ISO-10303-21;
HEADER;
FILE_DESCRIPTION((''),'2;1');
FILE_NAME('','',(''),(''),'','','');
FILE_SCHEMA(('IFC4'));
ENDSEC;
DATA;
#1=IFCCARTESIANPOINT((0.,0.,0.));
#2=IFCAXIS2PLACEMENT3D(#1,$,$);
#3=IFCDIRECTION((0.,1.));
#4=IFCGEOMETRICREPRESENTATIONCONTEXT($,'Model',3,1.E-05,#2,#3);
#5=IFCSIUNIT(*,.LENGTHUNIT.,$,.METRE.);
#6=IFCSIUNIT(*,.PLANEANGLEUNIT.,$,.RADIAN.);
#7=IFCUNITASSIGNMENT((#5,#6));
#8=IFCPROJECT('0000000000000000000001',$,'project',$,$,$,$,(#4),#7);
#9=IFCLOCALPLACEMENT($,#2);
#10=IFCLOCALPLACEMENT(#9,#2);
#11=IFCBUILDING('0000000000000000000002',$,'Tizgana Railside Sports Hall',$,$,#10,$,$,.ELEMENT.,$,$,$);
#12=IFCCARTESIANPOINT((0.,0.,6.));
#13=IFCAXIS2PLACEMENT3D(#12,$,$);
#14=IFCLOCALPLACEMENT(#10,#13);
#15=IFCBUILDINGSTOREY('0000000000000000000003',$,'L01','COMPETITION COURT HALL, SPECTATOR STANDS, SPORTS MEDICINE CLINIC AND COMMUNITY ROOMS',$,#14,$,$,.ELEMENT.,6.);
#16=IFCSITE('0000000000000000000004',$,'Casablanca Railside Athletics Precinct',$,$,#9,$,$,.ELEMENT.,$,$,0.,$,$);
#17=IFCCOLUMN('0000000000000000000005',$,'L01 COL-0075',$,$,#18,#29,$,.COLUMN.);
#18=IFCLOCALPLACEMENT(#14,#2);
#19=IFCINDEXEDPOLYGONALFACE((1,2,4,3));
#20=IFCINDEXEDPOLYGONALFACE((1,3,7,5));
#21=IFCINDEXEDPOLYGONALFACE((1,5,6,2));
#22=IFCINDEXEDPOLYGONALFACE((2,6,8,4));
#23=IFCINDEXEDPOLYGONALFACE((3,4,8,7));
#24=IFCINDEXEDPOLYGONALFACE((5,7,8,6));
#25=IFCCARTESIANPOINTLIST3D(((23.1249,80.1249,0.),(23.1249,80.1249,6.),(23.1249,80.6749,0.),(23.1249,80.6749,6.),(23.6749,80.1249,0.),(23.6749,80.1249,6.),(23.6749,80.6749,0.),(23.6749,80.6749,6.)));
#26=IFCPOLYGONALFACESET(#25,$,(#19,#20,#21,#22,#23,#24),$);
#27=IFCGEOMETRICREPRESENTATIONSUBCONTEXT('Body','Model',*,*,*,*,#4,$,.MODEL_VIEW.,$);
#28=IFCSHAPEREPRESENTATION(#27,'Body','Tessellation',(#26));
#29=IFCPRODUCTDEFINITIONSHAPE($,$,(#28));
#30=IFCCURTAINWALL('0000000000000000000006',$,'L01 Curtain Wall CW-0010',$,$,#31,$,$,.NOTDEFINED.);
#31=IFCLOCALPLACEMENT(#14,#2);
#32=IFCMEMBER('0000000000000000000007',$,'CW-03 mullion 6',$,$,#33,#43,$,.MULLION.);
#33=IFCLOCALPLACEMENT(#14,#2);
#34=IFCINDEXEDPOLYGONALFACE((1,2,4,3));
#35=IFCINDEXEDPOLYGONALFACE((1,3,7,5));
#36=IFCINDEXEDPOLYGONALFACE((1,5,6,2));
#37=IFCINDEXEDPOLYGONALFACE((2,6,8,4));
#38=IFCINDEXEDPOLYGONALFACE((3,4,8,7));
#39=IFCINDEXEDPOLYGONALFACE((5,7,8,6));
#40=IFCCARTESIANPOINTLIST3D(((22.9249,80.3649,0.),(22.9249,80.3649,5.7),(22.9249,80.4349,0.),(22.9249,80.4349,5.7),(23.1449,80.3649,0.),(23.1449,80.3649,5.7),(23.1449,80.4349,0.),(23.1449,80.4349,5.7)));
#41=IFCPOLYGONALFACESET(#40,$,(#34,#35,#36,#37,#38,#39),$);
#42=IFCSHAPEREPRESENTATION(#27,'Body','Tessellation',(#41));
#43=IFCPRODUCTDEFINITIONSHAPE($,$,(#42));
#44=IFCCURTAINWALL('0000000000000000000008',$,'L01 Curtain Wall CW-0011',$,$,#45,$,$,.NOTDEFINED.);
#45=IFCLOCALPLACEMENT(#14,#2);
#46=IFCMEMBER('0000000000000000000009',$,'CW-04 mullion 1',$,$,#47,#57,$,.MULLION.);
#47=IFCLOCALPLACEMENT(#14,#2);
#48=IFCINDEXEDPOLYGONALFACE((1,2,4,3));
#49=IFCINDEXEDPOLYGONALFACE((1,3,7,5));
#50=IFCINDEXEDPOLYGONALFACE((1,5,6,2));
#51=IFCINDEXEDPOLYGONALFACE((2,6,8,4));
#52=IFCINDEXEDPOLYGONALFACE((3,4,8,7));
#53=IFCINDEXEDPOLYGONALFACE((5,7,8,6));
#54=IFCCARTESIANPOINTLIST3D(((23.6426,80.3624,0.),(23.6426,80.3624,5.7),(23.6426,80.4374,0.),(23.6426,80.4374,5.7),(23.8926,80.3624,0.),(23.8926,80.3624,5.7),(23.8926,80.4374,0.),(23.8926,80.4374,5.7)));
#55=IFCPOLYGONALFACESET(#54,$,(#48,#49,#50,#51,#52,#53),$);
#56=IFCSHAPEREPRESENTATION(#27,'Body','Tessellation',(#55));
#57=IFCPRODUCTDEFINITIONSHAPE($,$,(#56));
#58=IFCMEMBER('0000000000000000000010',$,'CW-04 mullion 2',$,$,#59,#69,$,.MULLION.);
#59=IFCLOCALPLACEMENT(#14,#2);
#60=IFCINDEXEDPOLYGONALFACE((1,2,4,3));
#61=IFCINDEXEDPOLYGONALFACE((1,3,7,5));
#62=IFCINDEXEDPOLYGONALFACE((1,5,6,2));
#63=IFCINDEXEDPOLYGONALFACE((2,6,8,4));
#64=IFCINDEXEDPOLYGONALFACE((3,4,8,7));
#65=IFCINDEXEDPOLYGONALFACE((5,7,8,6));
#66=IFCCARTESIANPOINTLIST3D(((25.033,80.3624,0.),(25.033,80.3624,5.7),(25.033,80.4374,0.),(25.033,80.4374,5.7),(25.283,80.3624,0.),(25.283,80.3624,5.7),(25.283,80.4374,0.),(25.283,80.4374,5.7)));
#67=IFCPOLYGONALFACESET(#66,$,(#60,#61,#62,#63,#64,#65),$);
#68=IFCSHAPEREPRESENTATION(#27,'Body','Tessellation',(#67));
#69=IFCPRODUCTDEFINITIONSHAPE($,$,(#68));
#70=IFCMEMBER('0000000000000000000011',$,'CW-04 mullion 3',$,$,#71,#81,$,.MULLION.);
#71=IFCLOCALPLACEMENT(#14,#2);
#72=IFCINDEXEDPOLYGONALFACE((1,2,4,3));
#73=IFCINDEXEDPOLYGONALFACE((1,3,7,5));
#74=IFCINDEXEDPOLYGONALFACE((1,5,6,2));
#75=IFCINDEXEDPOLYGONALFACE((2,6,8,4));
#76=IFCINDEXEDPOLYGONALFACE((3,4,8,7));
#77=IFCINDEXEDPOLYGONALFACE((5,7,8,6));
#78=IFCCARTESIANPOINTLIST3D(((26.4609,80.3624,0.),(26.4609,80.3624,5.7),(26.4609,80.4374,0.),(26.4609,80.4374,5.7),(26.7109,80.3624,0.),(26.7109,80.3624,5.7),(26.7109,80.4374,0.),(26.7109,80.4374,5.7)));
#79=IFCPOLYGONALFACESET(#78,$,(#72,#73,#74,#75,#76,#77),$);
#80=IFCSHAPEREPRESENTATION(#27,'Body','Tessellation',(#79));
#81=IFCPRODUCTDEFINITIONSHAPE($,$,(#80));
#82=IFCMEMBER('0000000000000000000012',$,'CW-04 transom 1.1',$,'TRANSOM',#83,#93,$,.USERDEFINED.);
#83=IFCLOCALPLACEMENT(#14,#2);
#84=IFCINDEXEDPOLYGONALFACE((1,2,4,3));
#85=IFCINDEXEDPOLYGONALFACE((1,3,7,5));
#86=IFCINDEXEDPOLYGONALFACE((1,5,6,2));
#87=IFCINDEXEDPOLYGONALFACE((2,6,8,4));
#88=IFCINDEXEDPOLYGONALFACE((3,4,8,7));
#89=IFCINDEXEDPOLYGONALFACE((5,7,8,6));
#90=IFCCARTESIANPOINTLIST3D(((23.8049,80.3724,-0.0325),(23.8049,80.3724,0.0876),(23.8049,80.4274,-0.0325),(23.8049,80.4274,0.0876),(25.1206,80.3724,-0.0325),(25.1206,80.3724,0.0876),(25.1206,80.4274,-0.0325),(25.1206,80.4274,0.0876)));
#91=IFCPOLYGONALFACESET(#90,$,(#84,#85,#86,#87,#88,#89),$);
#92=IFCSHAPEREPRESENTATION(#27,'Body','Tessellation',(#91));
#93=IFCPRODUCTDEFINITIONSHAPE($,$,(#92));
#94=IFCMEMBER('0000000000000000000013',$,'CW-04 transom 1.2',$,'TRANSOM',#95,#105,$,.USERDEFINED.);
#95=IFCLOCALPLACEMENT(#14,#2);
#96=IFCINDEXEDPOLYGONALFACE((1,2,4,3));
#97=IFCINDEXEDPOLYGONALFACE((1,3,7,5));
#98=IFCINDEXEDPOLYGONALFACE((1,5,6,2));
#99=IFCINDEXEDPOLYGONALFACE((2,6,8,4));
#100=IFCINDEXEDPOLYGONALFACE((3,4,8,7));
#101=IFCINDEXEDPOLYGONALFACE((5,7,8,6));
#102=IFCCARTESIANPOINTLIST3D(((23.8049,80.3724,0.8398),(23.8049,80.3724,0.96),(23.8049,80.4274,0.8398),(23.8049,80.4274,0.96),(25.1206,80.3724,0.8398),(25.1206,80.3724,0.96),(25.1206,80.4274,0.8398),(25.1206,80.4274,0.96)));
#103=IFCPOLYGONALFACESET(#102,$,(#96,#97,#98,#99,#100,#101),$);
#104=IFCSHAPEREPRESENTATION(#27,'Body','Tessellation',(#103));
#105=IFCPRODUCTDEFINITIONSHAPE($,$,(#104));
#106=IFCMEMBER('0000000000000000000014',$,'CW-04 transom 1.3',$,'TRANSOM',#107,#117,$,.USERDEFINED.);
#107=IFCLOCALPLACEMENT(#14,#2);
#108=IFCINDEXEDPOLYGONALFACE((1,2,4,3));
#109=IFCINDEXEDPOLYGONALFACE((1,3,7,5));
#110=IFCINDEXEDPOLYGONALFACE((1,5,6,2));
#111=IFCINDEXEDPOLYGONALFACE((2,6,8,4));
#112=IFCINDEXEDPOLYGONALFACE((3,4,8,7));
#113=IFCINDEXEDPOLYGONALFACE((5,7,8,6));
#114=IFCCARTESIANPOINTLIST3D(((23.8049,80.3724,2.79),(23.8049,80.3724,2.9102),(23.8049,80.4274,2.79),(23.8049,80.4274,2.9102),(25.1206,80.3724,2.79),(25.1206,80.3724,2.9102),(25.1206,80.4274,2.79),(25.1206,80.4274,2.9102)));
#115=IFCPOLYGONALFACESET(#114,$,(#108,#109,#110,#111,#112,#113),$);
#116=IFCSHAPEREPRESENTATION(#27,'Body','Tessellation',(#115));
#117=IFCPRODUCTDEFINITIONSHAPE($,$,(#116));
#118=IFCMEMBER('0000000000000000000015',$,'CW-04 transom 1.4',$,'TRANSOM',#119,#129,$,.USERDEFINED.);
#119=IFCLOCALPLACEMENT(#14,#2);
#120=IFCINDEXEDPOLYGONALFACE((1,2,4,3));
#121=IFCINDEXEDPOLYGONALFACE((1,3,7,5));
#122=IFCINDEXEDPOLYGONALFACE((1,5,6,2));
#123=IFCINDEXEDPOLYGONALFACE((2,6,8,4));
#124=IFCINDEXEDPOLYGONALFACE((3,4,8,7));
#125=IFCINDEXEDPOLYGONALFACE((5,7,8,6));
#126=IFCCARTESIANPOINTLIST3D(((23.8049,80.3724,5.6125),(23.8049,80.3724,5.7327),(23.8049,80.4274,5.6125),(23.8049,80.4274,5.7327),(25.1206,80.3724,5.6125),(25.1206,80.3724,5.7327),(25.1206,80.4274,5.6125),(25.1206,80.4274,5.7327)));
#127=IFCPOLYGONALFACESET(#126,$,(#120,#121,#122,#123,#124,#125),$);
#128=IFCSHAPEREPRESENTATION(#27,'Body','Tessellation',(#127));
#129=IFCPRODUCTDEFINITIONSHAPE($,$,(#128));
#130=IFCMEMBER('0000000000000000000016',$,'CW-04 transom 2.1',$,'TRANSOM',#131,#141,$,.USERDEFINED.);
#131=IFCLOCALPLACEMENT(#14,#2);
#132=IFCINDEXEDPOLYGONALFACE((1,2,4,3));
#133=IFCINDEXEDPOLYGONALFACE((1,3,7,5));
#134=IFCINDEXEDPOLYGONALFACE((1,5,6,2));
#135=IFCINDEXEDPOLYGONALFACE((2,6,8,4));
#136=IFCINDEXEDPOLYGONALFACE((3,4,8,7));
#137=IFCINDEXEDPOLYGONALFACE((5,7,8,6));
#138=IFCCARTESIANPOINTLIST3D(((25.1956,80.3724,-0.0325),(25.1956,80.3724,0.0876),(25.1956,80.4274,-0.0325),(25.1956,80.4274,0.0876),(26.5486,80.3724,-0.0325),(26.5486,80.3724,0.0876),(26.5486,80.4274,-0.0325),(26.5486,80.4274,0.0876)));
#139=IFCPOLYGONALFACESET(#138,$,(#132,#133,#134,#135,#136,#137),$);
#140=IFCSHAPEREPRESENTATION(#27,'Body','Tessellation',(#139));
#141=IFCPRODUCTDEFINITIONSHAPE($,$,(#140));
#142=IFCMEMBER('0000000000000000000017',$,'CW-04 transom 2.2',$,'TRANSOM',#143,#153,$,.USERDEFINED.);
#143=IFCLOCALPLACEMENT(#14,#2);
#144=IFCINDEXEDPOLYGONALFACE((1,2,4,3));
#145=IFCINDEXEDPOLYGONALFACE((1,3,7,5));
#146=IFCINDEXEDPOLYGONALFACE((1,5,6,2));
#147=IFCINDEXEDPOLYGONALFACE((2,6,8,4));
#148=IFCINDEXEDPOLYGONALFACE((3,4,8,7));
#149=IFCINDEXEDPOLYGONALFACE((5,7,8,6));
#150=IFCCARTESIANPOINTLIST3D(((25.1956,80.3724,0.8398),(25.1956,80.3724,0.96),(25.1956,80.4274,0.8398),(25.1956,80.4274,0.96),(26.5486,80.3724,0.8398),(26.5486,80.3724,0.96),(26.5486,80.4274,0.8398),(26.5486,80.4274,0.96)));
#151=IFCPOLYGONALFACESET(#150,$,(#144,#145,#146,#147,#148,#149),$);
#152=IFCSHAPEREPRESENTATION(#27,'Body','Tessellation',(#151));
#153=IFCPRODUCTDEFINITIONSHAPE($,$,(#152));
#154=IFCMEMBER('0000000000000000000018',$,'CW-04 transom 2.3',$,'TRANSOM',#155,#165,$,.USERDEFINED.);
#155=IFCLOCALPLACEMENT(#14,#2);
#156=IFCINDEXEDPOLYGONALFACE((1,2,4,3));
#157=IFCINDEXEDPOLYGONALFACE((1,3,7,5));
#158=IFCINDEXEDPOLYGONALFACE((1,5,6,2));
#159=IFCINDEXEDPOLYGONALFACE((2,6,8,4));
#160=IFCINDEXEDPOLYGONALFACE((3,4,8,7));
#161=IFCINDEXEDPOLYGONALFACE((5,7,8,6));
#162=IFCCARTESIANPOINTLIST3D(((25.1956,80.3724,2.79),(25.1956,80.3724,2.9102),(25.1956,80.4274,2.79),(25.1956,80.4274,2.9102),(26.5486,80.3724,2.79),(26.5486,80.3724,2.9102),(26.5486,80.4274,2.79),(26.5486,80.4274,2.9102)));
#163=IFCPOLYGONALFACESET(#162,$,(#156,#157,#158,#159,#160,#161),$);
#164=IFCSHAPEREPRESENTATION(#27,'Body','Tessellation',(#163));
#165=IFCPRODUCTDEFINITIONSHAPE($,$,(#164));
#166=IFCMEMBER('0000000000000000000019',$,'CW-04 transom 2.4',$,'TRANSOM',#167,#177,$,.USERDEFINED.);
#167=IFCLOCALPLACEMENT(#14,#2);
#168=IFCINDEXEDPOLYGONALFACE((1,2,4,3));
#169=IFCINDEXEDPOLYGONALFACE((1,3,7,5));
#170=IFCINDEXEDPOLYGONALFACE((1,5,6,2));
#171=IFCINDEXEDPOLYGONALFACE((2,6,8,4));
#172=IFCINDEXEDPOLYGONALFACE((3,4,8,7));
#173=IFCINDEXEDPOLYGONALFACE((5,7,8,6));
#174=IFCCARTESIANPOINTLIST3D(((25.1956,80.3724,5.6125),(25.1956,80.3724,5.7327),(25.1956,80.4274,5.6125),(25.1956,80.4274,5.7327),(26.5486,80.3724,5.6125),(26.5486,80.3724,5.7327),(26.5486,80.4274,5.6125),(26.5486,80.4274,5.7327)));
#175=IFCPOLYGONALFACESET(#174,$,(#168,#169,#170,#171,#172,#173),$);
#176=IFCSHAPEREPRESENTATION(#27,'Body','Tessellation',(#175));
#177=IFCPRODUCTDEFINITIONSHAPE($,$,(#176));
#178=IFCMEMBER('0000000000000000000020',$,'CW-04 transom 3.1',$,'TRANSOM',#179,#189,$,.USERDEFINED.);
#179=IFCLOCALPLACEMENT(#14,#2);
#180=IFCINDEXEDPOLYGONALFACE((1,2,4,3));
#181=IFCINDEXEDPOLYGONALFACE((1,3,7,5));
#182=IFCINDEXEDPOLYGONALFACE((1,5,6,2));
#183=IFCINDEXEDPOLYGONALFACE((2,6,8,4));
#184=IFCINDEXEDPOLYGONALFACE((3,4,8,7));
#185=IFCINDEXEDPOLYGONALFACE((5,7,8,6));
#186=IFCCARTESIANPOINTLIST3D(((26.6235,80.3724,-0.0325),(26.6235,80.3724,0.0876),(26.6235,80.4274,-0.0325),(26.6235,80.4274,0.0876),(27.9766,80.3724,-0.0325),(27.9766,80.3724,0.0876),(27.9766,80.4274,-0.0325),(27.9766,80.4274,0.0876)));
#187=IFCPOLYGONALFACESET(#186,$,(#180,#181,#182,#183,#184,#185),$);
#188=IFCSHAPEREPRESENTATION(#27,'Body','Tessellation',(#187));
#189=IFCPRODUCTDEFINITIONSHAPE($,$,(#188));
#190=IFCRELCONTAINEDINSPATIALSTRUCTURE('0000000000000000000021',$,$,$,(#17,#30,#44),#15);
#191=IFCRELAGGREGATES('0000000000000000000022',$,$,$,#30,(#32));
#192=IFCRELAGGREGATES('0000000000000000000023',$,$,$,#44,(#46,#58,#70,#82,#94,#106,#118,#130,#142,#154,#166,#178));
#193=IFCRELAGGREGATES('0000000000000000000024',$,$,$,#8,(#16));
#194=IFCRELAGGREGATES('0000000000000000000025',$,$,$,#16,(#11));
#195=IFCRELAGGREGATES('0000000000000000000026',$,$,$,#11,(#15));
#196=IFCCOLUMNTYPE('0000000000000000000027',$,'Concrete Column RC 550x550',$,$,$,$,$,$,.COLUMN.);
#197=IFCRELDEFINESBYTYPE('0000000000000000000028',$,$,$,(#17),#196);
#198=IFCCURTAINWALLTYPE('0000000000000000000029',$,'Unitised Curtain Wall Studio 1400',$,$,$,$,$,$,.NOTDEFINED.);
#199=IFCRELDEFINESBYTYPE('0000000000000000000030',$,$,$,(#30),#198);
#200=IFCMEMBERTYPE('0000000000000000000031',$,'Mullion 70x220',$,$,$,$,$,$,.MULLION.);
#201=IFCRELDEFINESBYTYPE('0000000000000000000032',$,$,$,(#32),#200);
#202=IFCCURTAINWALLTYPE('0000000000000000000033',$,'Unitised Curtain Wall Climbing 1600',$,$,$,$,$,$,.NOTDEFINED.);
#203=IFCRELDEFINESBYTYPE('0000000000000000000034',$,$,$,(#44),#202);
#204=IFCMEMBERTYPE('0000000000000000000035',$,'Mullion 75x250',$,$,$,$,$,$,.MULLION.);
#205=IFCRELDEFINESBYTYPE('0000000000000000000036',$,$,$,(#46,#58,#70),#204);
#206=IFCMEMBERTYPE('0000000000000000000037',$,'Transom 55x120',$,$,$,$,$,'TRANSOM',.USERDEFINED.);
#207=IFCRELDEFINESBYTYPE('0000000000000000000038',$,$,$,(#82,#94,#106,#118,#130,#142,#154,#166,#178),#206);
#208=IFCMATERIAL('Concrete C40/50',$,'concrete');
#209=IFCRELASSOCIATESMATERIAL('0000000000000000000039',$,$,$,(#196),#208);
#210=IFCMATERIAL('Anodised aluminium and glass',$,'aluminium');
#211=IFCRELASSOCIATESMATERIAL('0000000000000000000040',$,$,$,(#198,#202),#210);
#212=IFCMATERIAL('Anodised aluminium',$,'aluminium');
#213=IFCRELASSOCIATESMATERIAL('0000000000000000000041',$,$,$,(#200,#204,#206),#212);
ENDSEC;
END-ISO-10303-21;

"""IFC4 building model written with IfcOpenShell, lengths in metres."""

from ifc_helpers import new_model, si_unit, direction, frame, origin, origin_2d, place, context, subcontext, project, spatial, rectangle, extrude, material, material_profile, profile_set, type_object, element, aggregate, save


model = new_model("IFC4")

# Units and contexts
model_context = context("Model", 3, precision=1e-05, world=origin(), true_north=direction((0.0, 1.0)))
body_context = subcontext(model_context, "Body", "Model", "MODEL_VIEW")
ifc_project = project(units=[si_unit("LENGTHUNIT", "METRE"), si_unit("PLANEANGLEUNIT", "RADIAN")], contexts=[model_context])

# Site, building, storey
site_placement = place(None, origin())
site = spatial("IfcSite", under=ifc_project, at=site_placement, Name="Casablanca Railside Athletics Precinct", CompositionType="ELEMENT", RefElevation=0.0)
building_placement = place(site_placement, origin())
building = spatial("IfcBuilding", under=site, at=building_placement, Name="Tizgana Railside Sports Hall", CompositionType="ELEMENT")
storey_placement = place(building_placement, frame((0.0, 0.0, 6.0)))
storey = spatial("IfcBuildingStorey", under=building, at=storey_placement, Name="L01", Description="COMPETITION COURT HALL, SPECTATOR STANDS, SPORTS MEDICINE CLINIC AND COMMUNITY ROOMS", CompositionType="ELEMENT", Elevation=6.0)

# Column
ifc_material_1 = material(Name="Concrete C40/50", Category="concrete")
ifc_material_profile_1 = material_profile(ifc_material_1, rectangle(XDim=0.55, YDim=0.55, at=origin_2d()), Name="RC 550x550")
ifc_profile_set_1 = profile_set([ifc_material_profile_1], Name="Concrete C40/50")
column_type = type_object("IfcColumnType", Name="Concrete Column RC 550x550", PredefinedType="COLUMN", material=ifc_profile_set_1)
column_placement = place(storey_placement, frame((23.3999, 80.3999, 0.0), z_axis=(0.0, 0.0, 1.0), x_axis=(1.0, 0.0, 0.0)))
element("IfcColumn", 1, at=column_placement, inside=storey, type_object=column_type, Name="L01 COL-0075", PredefinedType="COLUMN", context=body_context, shape_type="SweptSolid", body=[
    extrude(rectangle(XDim=0.55, YDim=0.55, at=origin_2d()), origin(), (0.0, 0.0, 1.0), 6.0),
])

# Curtain wall, member
ifc_material_2 = material(Name="Anodised aluminium and glass", Category="aluminium")
curtain_wall_type_1 = type_object("IfcCurtainWallType", Name="Unitised Curtain Wall Studio 1400", PredefinedType="NOTDEFINED", material=ifc_material_2)
curtain_wall_1_placement = place(storey_placement, origin())
curtain_wall_1 = element("IfcCurtainWall", 2, at=curtain_wall_1_placement, inside=storey, type_object=curtain_wall_type_1, Name="L01 Curtain Wall CW-0010", PredefinedType="NOTDEFINED")
ifc_material_3 = material(Name="Anodised aluminium", Category="aluminium")
ifc_material_profile_2 = material_profile(ifc_material_3, rectangle(XDim=0.0701, YDim=0.22, at=origin_2d()), Name="Mullion 70x220")
ifc_profile_set_2 = profile_set([ifc_material_profile_2], Name="Anodised aluminium")
member_type_1 = type_object("IfcMemberType", Name="Mullion 70x220", PredefinedType="MULLION", material=ifc_profile_set_2)
member_1_placement = place(storey_placement, frame((23.0349, 80.3999, 0.0), z_axis=(0.0, 0.0, 1.0), x_axis=(0.0, 1.0, 0.0)))
member_1 = element("IfcMember", 3, at=member_1_placement, type_object=member_type_1, Name="CW-03 mullion 6", PredefinedType="MULLION", context=body_context, shape_type="SweptSolid", body=[
    extrude(rectangle(XDim=0.0701, YDim=0.22, at=origin_2d()), origin(), (0.0, 0.0, 1.0), 5.7),
])
aggregate(curtain_wall_1, [member_1])

# Curtain wall, members
curtain_wall_type_2 = type_object("IfcCurtainWallType", Name="Unitised Curtain Wall Climbing 1600", PredefinedType="NOTDEFINED", material=ifc_material_2)
curtain_wall_2_placement = place(storey_placement, origin())
curtain_wall_2 = element("IfcCurtainWall", 4, at=curtain_wall_2_placement, inside=storey, type_object=curtain_wall_type_2, Name="L01 Curtain Wall CW-0011", PredefinedType="NOTDEFINED")
ifc_material_profile_3 = material_profile(ifc_material_3, rectangle(XDim=0.075, YDim=0.25, at=origin_2d()), Name="Mullion 75x250")
ifc_profile_set_3 = profile_set([ifc_material_profile_3], Name="Anodised aluminium")
member_type_2 = type_object("IfcMemberType", Name="Mullion 75x250", PredefinedType="MULLION", material=ifc_profile_set_3)
member_2_placement = place(storey_placement, frame((23.7676, 80.3999, 0.0), z_axis=(0.0, 0.0, 1.0), x_axis=(0.0, 1.0, 0.0)))
member_2 = element("IfcMember", 5, at=member_2_placement, type_object=member_type_2, Name="CW-04 mullion 1", PredefinedType="MULLION", context=body_context, shape_type="SweptSolid", body=[
    extrude(rectangle(XDim=0.075, YDim=0.25, at=origin_2d()), origin(), (0.0, 0.0, 1.0), 5.7),
])
member_3_placement = place(storey_placement, frame((25.158, 80.3999, 0.0), z_axis=(0.0, 0.0, 1.0), x_axis=(0.0, 1.0, 0.0)))
member_3 = element("IfcMember", 6, at=member_3_placement, type_object=member_type_2, Name="CW-04 mullion 2", PredefinedType="MULLION", context=body_context, shape_type="SweptSolid", body=[
    extrude(rectangle(XDim=0.075, YDim=0.25, at=origin_2d()), origin(), (0.0, 0.0, 1.0), 5.7),
])
member_4_placement = place(storey_placement, frame((26.5859, 80.3999, 0.0), z_axis=(0.0, 0.0, 1.0), x_axis=(0.0, 1.0, 0.0)))
member_4 = element("IfcMember", 7, at=member_4_placement, type_object=member_type_2, Name="CW-04 mullion 3", PredefinedType="MULLION", context=body_context, shape_type="SweptSolid", body=[
    extrude(rectangle(XDim=0.075, YDim=0.25, at=origin_2d()), origin(), (0.0, 0.0, 1.0), 5.7),
])
ifc_material_profile_4 = material_profile(ifc_material_3, rectangle(XDim=0.0549, YDim=0.1201, at=origin_2d()), Name="Transom 55x120")
ifc_profile_set_4 = profile_set([ifc_material_profile_4], Name="Anodised aluminium")
member_type_3 = type_object("IfcMemberType", Name="Transom 55x120", ElementType="TRANSOM", PredefinedType="USERDEFINED", material=ifc_profile_set_4)
member_5_placement = place(storey_placement, frame((23.8049, 80.3999, 0.0276), z_axis=(1.0, 0.0, 0.0), x_axis=(0.0, 1.0, 0.0)))
member_5 = element("IfcMember", 8, at=member_5_placement, type_object=member_type_3, Name="CW-04 transom 1.1", ObjectType="TRANSOM", PredefinedType="USERDEFINED", context=body_context, shape_type="SweptSolid", body=[
    extrude(rectangle(XDim=0.0549, YDim=0.1201, at=origin_2d()), origin(), (0.0, 0.0, 1.0), 1.3157),
])
member_6_placement = place(storey_placement, frame((23.8049, 80.3999, 0.8999), z_axis=(1.0, 0.0, 0.0), x_axis=(0.0, 1.0, 0.0)))
member_6 = element("IfcMember", 9, at=member_6_placement, type_object=member_type_3, Name="CW-04 transom 1.2", ObjectType="TRANSOM", PredefinedType="USERDEFINED", context=body_context, shape_type="SweptSolid", body=[
    extrude(rectangle(XDim=0.0549, YDim=0.1201, at=origin_2d()), origin(), (0.0, 0.0, 1.0), 1.3157),
])
member_7_placement = place(storey_placement, frame((23.8049, 80.3999, 2.8501), z_axis=(1.0, 0.0, 0.0), x_axis=(0.0, 1.0, 0.0)))
member_7 = element("IfcMember", 10, at=member_7_placement, type_object=member_type_3, Name="CW-04 transom 1.3", ObjectType="TRANSOM", PredefinedType="USERDEFINED", context=body_context, shape_type="SweptSolid", body=[
    extrude(rectangle(XDim=0.0549, YDim=0.1201, at=origin_2d()), origin(), (0.0, 0.0, 1.0), 1.3157),
])
member_8_placement = place(storey_placement, frame((23.8049, 80.3999, 5.6726), z_axis=(1.0, 0.0, 0.0), x_axis=(0.0, 1.0, 0.0)))
member_8 = element("IfcMember", 11, at=member_8_placement, type_object=member_type_3, Name="CW-04 transom 1.4", ObjectType="TRANSOM", PredefinedType="USERDEFINED", context=body_context, shape_type="SweptSolid", body=[
    extrude(rectangle(XDim=0.0549, YDim=0.1201, at=origin_2d()), origin(), (0.0, 0.0, 1.0), 1.3157),
])
member_9_placement = place(storey_placement, frame((25.1956, 80.3999, 0.0276), z_axis=(1.0, 0.0, 0.0), x_axis=(0.0, 1.0, 0.0)))
member_9 = element("IfcMember", 12, at=member_9_placement, type_object=member_type_3, Name="CW-04 transom 2.1", ObjectType="TRANSOM", PredefinedType="USERDEFINED", context=body_context, shape_type="SweptSolid", body=[
    extrude(rectangle(XDim=0.0549, YDim=0.1201, at=origin_2d()), origin(), (0.0, 0.0, 1.0), 1.353),
])
member_10_placement = place(storey_placement, frame((25.1956, 80.3999, 0.8999), z_axis=(1.0, 0.0, 0.0), x_axis=(0.0, 1.0, 0.0)))
member_10 = element("IfcMember", 13, at=member_10_placement, type_object=member_type_3, Name="CW-04 transom 2.2", ObjectType="TRANSOM", PredefinedType="USERDEFINED", context=body_context, shape_type="SweptSolid", body=[
    extrude(rectangle(XDim=0.0549, YDim=0.1201, at=origin_2d()), origin(), (0.0, 0.0, 1.0), 1.353),
])
member_11_placement = place(storey_placement, frame((25.1956, 80.3999, 2.8501), z_axis=(1.0, 0.0, 0.0), x_axis=(0.0, 1.0, 0.0)))
member_11 = element("IfcMember", 14, at=member_11_placement, type_object=member_type_3, Name="CW-04 transom 2.3", ObjectType="TRANSOM", PredefinedType="USERDEFINED", context=body_context, shape_type="SweptSolid", body=[
    extrude(rectangle(XDim=0.0549, YDim=0.1201, at=origin_2d()), origin(), (0.0, 0.0, 1.0), 1.353),
])
member_12_placement = place(storey_placement, frame((25.1956, 80.3999, 5.6726), z_axis=(1.0, 0.0, 0.0), x_axis=(0.0, 1.0, 0.0)))
member_12 = element("IfcMember", 15, at=member_12_placement, type_object=member_type_3, Name="CW-04 transom 2.4", ObjectType="TRANSOM", PredefinedType="USERDEFINED", context=body_context, shape_type="SweptSolid", body=[
    extrude(rectangle(XDim=0.0549, YDim=0.1201, at=origin_2d()), origin(), (0.0, 0.0, 1.0), 1.353),
])
member_13_placement = place(storey_placement, frame((26.6235, 80.3999, 0.0276), z_axis=(1.0, 0.0, 0.0), x_axis=(0.0, 1.0, 0.0)))
member_13 = element("IfcMember", 16, at=member_13_placement, type_object=member_type_3, Name="CW-04 transom 3.1", ObjectType="TRANSOM", PredefinedType="USERDEFINED", context=body_context, shape_type="SweptSolid", body=[
    extrude(rectangle(XDim=0.0549, YDim=0.1201, at=origin_2d()), origin(), (0.0, 0.0, 1.0), 1.353),
])
aggregate(curtain_wall_2, [member_2, member_3, member_4, member_5, member_6, member_7, member_8, member_9, member_10, member_11, member_12, member_13])

save(model, "model.ifc")
